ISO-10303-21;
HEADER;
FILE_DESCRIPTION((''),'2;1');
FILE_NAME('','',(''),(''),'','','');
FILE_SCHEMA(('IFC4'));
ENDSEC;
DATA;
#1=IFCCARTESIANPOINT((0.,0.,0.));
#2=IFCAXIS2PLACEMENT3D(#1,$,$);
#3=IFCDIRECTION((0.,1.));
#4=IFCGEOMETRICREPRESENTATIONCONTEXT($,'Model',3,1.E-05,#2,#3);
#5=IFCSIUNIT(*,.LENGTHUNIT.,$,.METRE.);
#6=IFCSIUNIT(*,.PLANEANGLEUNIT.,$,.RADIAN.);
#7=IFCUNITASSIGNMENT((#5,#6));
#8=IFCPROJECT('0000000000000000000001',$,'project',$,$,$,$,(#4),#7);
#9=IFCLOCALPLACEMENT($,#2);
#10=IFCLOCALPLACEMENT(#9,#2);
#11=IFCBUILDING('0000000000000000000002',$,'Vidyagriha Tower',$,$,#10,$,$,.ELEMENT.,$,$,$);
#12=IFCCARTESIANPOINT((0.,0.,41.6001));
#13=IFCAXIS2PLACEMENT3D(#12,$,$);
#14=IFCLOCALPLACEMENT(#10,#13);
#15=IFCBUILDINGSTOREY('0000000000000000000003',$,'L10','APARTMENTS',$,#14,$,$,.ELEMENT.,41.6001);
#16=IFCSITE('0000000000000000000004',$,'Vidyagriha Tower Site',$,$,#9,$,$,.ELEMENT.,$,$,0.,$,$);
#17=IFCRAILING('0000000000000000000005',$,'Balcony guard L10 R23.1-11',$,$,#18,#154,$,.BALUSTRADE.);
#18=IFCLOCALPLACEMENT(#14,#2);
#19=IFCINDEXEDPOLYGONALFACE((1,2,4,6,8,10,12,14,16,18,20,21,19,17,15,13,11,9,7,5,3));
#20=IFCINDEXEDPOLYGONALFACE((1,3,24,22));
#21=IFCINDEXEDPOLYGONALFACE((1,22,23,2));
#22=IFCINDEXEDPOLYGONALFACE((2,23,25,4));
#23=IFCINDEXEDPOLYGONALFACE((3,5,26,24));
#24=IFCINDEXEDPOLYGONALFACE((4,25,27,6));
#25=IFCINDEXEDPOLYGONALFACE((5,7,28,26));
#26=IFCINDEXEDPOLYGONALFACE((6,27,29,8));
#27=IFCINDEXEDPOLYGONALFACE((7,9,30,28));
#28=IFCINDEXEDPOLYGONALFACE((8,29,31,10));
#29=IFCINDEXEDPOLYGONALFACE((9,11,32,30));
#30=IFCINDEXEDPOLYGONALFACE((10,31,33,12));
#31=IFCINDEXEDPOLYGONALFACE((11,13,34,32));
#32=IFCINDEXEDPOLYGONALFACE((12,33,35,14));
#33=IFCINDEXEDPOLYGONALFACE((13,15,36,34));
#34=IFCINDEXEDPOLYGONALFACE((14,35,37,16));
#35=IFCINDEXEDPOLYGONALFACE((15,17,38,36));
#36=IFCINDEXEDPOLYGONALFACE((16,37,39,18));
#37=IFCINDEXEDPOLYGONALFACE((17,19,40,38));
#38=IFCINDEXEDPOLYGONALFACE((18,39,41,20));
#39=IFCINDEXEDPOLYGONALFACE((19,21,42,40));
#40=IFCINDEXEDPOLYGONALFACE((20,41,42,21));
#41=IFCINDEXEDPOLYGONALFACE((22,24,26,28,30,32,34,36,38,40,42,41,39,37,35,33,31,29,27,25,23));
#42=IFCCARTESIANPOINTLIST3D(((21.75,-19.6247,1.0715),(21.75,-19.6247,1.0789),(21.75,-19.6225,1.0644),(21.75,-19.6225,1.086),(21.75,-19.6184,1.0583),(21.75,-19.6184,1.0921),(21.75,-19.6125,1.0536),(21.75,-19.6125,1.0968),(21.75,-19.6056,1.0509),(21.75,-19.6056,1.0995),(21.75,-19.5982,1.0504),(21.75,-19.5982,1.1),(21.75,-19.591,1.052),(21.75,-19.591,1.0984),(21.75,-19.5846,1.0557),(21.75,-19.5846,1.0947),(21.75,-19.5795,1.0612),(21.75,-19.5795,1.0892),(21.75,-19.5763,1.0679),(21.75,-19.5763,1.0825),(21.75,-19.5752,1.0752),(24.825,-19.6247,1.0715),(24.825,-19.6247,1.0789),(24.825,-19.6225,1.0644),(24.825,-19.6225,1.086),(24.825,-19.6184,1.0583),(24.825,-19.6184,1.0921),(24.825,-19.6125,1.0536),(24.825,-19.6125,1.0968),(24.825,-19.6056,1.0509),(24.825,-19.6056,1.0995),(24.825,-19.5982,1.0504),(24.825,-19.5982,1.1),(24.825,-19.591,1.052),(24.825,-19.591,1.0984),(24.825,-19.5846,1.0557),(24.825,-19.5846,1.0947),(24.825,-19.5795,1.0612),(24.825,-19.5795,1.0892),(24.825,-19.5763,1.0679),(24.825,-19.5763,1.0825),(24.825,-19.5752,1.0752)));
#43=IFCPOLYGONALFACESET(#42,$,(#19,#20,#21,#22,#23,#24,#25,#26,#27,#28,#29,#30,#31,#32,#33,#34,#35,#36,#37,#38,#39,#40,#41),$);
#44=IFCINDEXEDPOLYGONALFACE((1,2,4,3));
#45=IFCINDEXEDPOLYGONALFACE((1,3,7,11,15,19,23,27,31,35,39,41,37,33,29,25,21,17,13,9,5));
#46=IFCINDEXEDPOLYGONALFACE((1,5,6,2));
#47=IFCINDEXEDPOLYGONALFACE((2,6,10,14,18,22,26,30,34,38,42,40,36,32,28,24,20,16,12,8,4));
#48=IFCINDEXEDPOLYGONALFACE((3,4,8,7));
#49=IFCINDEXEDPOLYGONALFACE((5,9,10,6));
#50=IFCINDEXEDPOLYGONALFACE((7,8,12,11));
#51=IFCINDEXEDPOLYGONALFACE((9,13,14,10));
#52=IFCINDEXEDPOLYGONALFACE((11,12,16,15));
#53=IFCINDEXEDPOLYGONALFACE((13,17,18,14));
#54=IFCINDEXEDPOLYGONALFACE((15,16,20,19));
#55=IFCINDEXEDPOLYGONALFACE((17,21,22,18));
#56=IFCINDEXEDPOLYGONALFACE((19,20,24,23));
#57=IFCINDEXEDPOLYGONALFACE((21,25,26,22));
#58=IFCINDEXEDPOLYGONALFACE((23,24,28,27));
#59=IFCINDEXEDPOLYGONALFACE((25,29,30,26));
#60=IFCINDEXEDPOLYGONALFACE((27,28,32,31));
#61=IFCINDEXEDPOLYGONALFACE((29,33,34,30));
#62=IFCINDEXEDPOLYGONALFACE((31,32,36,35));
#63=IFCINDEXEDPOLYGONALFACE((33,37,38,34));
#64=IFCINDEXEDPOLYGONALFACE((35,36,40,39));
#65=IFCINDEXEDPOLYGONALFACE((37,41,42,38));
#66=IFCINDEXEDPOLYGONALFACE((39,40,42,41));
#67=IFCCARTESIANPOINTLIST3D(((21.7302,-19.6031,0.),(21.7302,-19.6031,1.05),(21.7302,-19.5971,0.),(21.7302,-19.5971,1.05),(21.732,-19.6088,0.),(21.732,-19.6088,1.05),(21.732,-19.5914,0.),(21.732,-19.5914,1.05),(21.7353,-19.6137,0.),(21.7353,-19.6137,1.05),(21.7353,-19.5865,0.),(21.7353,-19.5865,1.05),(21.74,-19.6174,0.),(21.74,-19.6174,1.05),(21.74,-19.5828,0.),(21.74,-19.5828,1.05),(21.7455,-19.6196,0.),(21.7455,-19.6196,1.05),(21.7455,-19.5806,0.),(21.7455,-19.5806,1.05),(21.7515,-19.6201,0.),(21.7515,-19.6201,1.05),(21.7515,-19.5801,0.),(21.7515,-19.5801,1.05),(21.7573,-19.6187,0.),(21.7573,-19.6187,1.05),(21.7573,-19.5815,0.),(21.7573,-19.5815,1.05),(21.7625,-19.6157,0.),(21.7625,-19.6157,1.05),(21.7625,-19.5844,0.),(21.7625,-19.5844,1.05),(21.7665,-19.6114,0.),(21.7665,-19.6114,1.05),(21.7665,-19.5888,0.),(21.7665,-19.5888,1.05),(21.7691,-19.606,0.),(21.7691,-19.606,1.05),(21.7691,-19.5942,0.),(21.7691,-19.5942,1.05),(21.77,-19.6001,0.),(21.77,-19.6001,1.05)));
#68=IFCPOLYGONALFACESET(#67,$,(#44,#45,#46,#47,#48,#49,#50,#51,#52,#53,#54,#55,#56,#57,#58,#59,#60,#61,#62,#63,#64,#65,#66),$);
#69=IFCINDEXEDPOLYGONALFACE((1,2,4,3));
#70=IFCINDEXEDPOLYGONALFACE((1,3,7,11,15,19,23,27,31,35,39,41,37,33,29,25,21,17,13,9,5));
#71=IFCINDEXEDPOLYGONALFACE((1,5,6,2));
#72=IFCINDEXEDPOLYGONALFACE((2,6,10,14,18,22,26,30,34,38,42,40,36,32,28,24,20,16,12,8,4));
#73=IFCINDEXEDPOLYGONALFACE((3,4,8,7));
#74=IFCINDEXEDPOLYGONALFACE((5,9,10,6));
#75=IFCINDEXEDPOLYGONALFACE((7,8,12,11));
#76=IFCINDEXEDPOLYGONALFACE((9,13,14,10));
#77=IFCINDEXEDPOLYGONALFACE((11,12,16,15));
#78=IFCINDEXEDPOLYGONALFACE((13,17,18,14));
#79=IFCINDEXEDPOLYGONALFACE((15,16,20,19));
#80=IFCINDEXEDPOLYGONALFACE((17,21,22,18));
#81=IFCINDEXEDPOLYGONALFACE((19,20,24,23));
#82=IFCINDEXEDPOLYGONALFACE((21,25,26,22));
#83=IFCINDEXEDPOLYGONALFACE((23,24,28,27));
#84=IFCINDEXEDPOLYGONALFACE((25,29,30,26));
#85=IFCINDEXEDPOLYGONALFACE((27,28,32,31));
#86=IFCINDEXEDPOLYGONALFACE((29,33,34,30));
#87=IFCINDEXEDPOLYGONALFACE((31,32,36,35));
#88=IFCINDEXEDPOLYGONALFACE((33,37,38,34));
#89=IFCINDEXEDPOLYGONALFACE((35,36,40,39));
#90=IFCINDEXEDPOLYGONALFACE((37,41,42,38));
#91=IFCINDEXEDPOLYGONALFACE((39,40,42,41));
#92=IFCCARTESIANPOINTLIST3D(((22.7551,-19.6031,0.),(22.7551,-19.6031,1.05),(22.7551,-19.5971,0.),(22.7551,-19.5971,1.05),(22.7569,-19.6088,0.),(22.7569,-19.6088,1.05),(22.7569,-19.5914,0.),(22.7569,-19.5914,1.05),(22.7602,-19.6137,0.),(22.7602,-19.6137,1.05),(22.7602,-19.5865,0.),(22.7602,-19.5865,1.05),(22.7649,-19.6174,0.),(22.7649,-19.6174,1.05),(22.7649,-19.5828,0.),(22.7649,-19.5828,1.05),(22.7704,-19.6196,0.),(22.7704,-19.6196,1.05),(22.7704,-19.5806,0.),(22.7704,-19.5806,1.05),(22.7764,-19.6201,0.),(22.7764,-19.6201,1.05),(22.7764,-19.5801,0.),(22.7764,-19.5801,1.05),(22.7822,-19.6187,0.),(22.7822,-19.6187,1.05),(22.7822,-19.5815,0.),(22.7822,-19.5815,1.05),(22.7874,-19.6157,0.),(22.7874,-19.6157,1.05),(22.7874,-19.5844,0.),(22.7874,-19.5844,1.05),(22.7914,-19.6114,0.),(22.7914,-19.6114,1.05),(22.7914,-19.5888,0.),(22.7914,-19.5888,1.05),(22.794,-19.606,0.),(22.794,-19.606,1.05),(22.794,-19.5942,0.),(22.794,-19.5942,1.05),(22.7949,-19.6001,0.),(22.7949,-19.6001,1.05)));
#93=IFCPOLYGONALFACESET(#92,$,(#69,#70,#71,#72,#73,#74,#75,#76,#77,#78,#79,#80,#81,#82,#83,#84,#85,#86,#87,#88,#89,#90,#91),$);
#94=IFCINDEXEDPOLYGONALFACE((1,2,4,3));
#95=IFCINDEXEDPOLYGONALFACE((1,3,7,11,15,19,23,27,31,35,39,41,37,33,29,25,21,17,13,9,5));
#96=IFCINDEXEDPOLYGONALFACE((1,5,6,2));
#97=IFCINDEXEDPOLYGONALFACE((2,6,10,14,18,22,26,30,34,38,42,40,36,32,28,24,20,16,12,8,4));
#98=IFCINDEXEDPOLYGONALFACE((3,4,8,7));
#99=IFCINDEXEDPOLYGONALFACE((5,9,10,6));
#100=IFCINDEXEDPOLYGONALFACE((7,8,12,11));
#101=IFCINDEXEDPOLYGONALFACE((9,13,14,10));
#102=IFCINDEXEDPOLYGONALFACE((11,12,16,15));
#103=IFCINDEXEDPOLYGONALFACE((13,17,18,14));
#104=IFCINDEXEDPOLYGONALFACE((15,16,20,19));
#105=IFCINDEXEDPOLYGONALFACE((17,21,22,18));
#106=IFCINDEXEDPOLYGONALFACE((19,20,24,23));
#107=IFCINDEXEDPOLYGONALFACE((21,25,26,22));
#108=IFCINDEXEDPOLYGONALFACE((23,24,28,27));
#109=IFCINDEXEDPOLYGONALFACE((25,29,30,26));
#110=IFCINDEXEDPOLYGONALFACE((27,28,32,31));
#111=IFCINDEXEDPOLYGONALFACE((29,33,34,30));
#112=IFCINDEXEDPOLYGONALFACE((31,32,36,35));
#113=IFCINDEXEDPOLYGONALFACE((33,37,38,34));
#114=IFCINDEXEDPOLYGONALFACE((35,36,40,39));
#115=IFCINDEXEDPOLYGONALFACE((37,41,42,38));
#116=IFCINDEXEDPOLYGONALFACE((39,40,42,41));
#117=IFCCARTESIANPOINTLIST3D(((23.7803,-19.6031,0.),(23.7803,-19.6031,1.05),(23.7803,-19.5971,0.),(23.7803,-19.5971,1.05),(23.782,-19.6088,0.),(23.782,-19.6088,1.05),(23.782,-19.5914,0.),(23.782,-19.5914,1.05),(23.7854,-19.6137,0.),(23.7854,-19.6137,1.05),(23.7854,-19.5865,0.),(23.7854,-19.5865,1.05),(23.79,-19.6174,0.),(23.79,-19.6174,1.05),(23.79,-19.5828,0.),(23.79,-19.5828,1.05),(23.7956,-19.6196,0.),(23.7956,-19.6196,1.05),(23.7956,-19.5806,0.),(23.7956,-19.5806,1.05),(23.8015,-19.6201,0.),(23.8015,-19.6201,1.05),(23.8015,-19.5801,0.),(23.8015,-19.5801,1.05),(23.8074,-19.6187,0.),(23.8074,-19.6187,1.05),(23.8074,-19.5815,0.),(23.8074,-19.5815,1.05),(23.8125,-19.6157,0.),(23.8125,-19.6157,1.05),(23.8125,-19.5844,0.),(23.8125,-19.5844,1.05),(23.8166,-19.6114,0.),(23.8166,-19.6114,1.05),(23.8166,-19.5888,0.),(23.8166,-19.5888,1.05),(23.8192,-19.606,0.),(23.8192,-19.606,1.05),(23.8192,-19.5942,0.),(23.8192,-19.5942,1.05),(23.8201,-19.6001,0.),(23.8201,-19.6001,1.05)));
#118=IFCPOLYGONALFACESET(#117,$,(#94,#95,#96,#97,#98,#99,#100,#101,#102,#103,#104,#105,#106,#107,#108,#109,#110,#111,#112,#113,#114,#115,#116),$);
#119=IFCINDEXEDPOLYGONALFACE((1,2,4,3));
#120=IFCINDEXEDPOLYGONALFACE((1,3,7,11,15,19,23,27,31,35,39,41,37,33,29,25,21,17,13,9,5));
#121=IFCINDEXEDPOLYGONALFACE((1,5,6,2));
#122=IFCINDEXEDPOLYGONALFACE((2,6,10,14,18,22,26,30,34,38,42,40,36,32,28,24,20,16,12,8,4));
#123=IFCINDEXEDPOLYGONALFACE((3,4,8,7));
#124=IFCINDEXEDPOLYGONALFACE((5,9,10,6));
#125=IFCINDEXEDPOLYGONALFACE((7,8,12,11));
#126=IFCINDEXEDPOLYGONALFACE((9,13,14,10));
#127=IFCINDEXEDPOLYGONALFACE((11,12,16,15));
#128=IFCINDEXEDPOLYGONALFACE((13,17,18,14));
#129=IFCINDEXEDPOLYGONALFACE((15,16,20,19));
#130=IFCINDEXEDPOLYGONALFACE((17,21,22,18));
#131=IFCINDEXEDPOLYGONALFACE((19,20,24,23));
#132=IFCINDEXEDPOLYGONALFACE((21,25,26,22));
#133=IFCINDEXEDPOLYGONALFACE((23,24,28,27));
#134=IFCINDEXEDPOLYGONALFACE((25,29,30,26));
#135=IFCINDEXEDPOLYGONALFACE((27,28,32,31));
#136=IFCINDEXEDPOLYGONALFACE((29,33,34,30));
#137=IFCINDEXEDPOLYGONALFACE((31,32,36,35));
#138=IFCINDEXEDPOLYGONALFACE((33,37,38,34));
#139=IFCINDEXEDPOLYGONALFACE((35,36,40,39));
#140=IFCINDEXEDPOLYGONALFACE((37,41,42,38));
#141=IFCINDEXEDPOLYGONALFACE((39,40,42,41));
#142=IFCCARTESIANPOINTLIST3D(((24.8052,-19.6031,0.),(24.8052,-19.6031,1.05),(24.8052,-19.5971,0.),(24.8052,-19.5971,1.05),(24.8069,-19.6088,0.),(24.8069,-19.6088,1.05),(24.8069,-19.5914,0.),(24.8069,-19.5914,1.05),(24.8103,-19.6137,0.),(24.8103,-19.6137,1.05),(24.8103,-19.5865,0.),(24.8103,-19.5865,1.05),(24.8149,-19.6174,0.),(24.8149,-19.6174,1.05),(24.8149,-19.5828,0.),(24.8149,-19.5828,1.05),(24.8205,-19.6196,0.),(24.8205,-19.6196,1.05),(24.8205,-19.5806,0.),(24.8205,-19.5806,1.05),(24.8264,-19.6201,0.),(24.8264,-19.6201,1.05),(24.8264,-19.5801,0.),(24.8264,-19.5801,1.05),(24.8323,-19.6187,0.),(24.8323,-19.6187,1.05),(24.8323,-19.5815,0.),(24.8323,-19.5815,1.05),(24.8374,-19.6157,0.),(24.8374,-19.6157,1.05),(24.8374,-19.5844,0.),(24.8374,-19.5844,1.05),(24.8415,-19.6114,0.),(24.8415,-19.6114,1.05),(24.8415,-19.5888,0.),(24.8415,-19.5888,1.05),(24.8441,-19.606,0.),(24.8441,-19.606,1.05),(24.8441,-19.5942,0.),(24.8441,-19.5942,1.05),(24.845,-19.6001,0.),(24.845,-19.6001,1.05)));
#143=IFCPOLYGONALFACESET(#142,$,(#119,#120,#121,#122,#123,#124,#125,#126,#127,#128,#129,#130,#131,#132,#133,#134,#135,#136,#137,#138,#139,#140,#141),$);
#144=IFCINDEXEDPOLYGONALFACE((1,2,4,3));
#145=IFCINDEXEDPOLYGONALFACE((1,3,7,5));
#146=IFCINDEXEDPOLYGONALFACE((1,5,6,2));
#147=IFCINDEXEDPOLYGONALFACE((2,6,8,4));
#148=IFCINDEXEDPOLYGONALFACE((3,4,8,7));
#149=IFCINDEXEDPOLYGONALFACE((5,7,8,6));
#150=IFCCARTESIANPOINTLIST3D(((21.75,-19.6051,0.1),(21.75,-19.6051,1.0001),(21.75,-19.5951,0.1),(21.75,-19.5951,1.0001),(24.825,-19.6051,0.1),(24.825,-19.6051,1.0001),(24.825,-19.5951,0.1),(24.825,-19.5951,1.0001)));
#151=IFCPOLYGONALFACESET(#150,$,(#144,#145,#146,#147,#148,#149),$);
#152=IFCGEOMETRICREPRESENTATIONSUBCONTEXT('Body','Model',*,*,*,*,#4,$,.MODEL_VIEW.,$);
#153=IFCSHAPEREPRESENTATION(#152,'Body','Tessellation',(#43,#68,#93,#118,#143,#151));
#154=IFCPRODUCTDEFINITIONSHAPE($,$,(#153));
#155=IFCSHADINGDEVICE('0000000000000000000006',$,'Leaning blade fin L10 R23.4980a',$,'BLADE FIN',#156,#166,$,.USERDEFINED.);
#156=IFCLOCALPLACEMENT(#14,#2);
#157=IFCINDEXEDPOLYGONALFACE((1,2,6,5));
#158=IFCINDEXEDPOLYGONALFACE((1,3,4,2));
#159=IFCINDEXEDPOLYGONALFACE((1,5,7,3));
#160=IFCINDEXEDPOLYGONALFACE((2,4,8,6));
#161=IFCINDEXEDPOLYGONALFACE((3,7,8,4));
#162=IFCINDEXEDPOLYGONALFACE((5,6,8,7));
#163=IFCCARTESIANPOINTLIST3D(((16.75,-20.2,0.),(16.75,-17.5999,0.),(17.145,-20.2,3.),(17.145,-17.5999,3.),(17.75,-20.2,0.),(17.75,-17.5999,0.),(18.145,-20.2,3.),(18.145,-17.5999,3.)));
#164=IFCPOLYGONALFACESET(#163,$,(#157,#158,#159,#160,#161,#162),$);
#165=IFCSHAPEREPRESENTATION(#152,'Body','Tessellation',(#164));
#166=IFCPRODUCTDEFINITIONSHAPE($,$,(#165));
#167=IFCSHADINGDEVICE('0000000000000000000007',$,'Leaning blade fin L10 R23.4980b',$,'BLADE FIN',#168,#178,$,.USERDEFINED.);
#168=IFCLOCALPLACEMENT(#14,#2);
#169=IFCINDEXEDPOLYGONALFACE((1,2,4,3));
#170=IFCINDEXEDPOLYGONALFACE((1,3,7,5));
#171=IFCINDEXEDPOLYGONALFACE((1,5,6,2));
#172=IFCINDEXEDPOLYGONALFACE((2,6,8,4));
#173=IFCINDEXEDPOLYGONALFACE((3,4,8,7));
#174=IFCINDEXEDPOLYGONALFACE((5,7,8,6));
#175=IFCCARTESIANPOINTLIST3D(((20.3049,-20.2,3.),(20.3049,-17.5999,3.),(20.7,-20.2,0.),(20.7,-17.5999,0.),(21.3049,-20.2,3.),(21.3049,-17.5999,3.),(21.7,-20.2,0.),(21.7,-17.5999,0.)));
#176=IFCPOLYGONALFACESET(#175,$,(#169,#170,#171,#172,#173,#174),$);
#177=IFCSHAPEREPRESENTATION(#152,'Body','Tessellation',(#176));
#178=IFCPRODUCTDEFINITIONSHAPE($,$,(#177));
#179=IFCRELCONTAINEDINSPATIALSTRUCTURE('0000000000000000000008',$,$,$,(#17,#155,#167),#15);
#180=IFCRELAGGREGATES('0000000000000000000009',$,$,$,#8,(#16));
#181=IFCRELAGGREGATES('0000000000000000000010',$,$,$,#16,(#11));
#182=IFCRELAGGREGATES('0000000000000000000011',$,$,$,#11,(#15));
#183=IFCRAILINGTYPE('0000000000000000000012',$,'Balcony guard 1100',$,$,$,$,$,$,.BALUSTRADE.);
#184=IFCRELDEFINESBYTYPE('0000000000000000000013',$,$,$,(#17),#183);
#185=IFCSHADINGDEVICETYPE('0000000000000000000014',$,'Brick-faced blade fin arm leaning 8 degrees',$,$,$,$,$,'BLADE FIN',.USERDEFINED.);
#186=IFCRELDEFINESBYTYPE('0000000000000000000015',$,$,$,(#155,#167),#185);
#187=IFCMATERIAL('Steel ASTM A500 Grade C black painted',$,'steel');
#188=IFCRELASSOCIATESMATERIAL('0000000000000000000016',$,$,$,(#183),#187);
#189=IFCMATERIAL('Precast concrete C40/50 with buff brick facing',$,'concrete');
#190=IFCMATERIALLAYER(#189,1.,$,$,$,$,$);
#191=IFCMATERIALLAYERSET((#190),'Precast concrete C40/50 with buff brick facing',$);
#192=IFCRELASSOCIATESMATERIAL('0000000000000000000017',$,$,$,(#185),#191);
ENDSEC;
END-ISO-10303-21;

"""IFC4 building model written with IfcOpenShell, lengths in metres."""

from ifc_helpers import new_model, si_unit, direction, frame, origin, origin_2d, place, context, subcontext, project, spatial, polyline, rectangle, circle, outline, extrude, material, layer, layer_set, type_object, element, save


model = new_model("IFC4")

# Units and contexts
model_context = context("Model", 3, precision=1e-05, world=origin(), true_north=direction((0.0, 1.0)))
body_context = subcontext(model_context, "Body", "Model", "MODEL_VIEW")
ifc_project = project(units=[si_unit("LENGTHUNIT", "METRE"), si_unit("PLANEANGLEUNIT", "RADIAN")], contexts=[model_context])

# Site, building, storey
site_placement = place(None, origin())
site = spatial("IfcSite", under=ifc_project, at=site_placement, Name="Vidyagriha Tower Site", CompositionType="ELEMENT", RefElevation=0.0)
building_placement = place(site_placement, origin())
building = spatial("IfcBuilding", under=site, at=building_placement, Name="Vidyagriha Tower", CompositionType="ELEMENT")
storey_placement = place(building_placement, frame((0.0, 0.0, 41.6001)))
storey = spatial("IfcBuildingStorey", under=building, at=storey_placement, Name="L10", Description="APARTMENTS", CompositionType="ELEMENT", Elevation=41.6001)

# Railing
ifc_material_1 = material(Name="Steel ASTM A500 Grade C black painted", Category="steel")
railing_type = type_object("IfcRailingType", Name="Balcony guard 1100", PredefinedType="BALUSTRADE", material=ifc_material_1)
railing_1_placement = place(storey_placement, frame((21.75, -19.6001, 0.0)))
element("IfcRailing", 1, at=railing_1_placement, inside=storey, type_object=railing_type, Name="Balcony guard L10 R23.1-11", PredefinedType="BALUSTRADE", context=body_context, shape_type="SweptSolid", body=[
    extrude(circle(Radius=0.0249, at=origin_2d()), frame((0.0, 0.0, 1.0752), z_axis=(1.0, 0.0, 0.0), x_axis=(0.0, 1.0, 0.0)), (0.0, 0.0, 1.0), 3.075),
    extrude(circle(Radius=0.02, at=origin_2d()), origin(), (0.0, 0.0, 1.0), 1.05),
    extrude(circle(Radius=0.02, at=origin_2d()), frame((1.0249, 0.0, 0.0)), (0.0, 0.0, 1.0), 1.05),
    extrude(circle(Radius=0.02, at=origin_2d()), frame((2.05, 0.0, 0.0)), (0.0, 0.0, 1.0), 1.05),
    extrude(circle(Radius=0.02, at=origin_2d()), frame((3.075, 0.0, 0.0)), (0.0, 0.0, 1.0), 1.05),
    extrude(rectangle(XDim=0.01, YDim=0.9001, at=origin_2d()), frame((0.0, 0.0, 0.55), z_axis=(1.0, 0.0, 0.0), x_axis=(0.0, 1.0, 0.0)), (0.0, 0.0, 1.0), 3.075),
])

# Shading devices
ifc_material_2 = material(Name="Precast concrete C40/50 with buff brick facing", Category="concrete")
ifc_layer_1 = layer(ifc_material_2, 1.0)
ifc_layer_set_1 = layer_set([ifc_layer_1], Name="Precast concrete C40/50 with buff brick facing")
shading_device_type = type_object("IfcShadingDeviceType", Name="Brick-faced blade fin arm leaning 8 degrees", ElementType="BLADE FIN", PredefinedType="USERDEFINED", material=ifc_layer_set_1)
shading_device_1_placement = place(storey_placement, frame((16.75, -18.8999, 0.0)))
element("IfcShadingDevice", 2, at=shading_device_1_placement, inside=storey, type_object=shading_device_type, Name="Leaning blade fin L10 R23.4980a", ObjectType="BLADE FIN", PredefinedType="USERDEFINED", context=body_context, shape_type="SweptSolid", body=[
    extrude(outline(polyline([(0.0, 0.0), (1.0, 0.0), (1.395, 3.0), (0.395, 3.0), (0.0, 0.0)])), frame((0.0, 1.3, 0.0), z_axis=(0.0, -1.0, 0.0), x_axis=(1.0, 0.0, 0.0)), (0.0, 0.0, 1.0), 2.6001),
])
shading_device_2_placement = place(storey_placement, frame((20.3049, -18.8999, 0.0)))
element("IfcShadingDevice", 3, at=shading_device_2_placement, inside=storey, type_object=shading_device_type, Name="Leaning blade fin L10 R23.4980b", ObjectType="BLADE FIN", PredefinedType="USERDEFINED", context=body_context, shape_type="SweptSolid", body=[
    extrude(outline(polyline([(0.395, 0.0), (1.395, 0.0), (1.0, 3.0), (0.0, 3.0), (0.395, 0.0)])), frame((0.0, 1.3, 0.0), z_axis=(0.0, -1.0, 0.0), x_axis=(1.0, 0.0, 0.0)), (0.0, 0.0, 1.0), 2.6001),
])

save(model, "model.ifc")
